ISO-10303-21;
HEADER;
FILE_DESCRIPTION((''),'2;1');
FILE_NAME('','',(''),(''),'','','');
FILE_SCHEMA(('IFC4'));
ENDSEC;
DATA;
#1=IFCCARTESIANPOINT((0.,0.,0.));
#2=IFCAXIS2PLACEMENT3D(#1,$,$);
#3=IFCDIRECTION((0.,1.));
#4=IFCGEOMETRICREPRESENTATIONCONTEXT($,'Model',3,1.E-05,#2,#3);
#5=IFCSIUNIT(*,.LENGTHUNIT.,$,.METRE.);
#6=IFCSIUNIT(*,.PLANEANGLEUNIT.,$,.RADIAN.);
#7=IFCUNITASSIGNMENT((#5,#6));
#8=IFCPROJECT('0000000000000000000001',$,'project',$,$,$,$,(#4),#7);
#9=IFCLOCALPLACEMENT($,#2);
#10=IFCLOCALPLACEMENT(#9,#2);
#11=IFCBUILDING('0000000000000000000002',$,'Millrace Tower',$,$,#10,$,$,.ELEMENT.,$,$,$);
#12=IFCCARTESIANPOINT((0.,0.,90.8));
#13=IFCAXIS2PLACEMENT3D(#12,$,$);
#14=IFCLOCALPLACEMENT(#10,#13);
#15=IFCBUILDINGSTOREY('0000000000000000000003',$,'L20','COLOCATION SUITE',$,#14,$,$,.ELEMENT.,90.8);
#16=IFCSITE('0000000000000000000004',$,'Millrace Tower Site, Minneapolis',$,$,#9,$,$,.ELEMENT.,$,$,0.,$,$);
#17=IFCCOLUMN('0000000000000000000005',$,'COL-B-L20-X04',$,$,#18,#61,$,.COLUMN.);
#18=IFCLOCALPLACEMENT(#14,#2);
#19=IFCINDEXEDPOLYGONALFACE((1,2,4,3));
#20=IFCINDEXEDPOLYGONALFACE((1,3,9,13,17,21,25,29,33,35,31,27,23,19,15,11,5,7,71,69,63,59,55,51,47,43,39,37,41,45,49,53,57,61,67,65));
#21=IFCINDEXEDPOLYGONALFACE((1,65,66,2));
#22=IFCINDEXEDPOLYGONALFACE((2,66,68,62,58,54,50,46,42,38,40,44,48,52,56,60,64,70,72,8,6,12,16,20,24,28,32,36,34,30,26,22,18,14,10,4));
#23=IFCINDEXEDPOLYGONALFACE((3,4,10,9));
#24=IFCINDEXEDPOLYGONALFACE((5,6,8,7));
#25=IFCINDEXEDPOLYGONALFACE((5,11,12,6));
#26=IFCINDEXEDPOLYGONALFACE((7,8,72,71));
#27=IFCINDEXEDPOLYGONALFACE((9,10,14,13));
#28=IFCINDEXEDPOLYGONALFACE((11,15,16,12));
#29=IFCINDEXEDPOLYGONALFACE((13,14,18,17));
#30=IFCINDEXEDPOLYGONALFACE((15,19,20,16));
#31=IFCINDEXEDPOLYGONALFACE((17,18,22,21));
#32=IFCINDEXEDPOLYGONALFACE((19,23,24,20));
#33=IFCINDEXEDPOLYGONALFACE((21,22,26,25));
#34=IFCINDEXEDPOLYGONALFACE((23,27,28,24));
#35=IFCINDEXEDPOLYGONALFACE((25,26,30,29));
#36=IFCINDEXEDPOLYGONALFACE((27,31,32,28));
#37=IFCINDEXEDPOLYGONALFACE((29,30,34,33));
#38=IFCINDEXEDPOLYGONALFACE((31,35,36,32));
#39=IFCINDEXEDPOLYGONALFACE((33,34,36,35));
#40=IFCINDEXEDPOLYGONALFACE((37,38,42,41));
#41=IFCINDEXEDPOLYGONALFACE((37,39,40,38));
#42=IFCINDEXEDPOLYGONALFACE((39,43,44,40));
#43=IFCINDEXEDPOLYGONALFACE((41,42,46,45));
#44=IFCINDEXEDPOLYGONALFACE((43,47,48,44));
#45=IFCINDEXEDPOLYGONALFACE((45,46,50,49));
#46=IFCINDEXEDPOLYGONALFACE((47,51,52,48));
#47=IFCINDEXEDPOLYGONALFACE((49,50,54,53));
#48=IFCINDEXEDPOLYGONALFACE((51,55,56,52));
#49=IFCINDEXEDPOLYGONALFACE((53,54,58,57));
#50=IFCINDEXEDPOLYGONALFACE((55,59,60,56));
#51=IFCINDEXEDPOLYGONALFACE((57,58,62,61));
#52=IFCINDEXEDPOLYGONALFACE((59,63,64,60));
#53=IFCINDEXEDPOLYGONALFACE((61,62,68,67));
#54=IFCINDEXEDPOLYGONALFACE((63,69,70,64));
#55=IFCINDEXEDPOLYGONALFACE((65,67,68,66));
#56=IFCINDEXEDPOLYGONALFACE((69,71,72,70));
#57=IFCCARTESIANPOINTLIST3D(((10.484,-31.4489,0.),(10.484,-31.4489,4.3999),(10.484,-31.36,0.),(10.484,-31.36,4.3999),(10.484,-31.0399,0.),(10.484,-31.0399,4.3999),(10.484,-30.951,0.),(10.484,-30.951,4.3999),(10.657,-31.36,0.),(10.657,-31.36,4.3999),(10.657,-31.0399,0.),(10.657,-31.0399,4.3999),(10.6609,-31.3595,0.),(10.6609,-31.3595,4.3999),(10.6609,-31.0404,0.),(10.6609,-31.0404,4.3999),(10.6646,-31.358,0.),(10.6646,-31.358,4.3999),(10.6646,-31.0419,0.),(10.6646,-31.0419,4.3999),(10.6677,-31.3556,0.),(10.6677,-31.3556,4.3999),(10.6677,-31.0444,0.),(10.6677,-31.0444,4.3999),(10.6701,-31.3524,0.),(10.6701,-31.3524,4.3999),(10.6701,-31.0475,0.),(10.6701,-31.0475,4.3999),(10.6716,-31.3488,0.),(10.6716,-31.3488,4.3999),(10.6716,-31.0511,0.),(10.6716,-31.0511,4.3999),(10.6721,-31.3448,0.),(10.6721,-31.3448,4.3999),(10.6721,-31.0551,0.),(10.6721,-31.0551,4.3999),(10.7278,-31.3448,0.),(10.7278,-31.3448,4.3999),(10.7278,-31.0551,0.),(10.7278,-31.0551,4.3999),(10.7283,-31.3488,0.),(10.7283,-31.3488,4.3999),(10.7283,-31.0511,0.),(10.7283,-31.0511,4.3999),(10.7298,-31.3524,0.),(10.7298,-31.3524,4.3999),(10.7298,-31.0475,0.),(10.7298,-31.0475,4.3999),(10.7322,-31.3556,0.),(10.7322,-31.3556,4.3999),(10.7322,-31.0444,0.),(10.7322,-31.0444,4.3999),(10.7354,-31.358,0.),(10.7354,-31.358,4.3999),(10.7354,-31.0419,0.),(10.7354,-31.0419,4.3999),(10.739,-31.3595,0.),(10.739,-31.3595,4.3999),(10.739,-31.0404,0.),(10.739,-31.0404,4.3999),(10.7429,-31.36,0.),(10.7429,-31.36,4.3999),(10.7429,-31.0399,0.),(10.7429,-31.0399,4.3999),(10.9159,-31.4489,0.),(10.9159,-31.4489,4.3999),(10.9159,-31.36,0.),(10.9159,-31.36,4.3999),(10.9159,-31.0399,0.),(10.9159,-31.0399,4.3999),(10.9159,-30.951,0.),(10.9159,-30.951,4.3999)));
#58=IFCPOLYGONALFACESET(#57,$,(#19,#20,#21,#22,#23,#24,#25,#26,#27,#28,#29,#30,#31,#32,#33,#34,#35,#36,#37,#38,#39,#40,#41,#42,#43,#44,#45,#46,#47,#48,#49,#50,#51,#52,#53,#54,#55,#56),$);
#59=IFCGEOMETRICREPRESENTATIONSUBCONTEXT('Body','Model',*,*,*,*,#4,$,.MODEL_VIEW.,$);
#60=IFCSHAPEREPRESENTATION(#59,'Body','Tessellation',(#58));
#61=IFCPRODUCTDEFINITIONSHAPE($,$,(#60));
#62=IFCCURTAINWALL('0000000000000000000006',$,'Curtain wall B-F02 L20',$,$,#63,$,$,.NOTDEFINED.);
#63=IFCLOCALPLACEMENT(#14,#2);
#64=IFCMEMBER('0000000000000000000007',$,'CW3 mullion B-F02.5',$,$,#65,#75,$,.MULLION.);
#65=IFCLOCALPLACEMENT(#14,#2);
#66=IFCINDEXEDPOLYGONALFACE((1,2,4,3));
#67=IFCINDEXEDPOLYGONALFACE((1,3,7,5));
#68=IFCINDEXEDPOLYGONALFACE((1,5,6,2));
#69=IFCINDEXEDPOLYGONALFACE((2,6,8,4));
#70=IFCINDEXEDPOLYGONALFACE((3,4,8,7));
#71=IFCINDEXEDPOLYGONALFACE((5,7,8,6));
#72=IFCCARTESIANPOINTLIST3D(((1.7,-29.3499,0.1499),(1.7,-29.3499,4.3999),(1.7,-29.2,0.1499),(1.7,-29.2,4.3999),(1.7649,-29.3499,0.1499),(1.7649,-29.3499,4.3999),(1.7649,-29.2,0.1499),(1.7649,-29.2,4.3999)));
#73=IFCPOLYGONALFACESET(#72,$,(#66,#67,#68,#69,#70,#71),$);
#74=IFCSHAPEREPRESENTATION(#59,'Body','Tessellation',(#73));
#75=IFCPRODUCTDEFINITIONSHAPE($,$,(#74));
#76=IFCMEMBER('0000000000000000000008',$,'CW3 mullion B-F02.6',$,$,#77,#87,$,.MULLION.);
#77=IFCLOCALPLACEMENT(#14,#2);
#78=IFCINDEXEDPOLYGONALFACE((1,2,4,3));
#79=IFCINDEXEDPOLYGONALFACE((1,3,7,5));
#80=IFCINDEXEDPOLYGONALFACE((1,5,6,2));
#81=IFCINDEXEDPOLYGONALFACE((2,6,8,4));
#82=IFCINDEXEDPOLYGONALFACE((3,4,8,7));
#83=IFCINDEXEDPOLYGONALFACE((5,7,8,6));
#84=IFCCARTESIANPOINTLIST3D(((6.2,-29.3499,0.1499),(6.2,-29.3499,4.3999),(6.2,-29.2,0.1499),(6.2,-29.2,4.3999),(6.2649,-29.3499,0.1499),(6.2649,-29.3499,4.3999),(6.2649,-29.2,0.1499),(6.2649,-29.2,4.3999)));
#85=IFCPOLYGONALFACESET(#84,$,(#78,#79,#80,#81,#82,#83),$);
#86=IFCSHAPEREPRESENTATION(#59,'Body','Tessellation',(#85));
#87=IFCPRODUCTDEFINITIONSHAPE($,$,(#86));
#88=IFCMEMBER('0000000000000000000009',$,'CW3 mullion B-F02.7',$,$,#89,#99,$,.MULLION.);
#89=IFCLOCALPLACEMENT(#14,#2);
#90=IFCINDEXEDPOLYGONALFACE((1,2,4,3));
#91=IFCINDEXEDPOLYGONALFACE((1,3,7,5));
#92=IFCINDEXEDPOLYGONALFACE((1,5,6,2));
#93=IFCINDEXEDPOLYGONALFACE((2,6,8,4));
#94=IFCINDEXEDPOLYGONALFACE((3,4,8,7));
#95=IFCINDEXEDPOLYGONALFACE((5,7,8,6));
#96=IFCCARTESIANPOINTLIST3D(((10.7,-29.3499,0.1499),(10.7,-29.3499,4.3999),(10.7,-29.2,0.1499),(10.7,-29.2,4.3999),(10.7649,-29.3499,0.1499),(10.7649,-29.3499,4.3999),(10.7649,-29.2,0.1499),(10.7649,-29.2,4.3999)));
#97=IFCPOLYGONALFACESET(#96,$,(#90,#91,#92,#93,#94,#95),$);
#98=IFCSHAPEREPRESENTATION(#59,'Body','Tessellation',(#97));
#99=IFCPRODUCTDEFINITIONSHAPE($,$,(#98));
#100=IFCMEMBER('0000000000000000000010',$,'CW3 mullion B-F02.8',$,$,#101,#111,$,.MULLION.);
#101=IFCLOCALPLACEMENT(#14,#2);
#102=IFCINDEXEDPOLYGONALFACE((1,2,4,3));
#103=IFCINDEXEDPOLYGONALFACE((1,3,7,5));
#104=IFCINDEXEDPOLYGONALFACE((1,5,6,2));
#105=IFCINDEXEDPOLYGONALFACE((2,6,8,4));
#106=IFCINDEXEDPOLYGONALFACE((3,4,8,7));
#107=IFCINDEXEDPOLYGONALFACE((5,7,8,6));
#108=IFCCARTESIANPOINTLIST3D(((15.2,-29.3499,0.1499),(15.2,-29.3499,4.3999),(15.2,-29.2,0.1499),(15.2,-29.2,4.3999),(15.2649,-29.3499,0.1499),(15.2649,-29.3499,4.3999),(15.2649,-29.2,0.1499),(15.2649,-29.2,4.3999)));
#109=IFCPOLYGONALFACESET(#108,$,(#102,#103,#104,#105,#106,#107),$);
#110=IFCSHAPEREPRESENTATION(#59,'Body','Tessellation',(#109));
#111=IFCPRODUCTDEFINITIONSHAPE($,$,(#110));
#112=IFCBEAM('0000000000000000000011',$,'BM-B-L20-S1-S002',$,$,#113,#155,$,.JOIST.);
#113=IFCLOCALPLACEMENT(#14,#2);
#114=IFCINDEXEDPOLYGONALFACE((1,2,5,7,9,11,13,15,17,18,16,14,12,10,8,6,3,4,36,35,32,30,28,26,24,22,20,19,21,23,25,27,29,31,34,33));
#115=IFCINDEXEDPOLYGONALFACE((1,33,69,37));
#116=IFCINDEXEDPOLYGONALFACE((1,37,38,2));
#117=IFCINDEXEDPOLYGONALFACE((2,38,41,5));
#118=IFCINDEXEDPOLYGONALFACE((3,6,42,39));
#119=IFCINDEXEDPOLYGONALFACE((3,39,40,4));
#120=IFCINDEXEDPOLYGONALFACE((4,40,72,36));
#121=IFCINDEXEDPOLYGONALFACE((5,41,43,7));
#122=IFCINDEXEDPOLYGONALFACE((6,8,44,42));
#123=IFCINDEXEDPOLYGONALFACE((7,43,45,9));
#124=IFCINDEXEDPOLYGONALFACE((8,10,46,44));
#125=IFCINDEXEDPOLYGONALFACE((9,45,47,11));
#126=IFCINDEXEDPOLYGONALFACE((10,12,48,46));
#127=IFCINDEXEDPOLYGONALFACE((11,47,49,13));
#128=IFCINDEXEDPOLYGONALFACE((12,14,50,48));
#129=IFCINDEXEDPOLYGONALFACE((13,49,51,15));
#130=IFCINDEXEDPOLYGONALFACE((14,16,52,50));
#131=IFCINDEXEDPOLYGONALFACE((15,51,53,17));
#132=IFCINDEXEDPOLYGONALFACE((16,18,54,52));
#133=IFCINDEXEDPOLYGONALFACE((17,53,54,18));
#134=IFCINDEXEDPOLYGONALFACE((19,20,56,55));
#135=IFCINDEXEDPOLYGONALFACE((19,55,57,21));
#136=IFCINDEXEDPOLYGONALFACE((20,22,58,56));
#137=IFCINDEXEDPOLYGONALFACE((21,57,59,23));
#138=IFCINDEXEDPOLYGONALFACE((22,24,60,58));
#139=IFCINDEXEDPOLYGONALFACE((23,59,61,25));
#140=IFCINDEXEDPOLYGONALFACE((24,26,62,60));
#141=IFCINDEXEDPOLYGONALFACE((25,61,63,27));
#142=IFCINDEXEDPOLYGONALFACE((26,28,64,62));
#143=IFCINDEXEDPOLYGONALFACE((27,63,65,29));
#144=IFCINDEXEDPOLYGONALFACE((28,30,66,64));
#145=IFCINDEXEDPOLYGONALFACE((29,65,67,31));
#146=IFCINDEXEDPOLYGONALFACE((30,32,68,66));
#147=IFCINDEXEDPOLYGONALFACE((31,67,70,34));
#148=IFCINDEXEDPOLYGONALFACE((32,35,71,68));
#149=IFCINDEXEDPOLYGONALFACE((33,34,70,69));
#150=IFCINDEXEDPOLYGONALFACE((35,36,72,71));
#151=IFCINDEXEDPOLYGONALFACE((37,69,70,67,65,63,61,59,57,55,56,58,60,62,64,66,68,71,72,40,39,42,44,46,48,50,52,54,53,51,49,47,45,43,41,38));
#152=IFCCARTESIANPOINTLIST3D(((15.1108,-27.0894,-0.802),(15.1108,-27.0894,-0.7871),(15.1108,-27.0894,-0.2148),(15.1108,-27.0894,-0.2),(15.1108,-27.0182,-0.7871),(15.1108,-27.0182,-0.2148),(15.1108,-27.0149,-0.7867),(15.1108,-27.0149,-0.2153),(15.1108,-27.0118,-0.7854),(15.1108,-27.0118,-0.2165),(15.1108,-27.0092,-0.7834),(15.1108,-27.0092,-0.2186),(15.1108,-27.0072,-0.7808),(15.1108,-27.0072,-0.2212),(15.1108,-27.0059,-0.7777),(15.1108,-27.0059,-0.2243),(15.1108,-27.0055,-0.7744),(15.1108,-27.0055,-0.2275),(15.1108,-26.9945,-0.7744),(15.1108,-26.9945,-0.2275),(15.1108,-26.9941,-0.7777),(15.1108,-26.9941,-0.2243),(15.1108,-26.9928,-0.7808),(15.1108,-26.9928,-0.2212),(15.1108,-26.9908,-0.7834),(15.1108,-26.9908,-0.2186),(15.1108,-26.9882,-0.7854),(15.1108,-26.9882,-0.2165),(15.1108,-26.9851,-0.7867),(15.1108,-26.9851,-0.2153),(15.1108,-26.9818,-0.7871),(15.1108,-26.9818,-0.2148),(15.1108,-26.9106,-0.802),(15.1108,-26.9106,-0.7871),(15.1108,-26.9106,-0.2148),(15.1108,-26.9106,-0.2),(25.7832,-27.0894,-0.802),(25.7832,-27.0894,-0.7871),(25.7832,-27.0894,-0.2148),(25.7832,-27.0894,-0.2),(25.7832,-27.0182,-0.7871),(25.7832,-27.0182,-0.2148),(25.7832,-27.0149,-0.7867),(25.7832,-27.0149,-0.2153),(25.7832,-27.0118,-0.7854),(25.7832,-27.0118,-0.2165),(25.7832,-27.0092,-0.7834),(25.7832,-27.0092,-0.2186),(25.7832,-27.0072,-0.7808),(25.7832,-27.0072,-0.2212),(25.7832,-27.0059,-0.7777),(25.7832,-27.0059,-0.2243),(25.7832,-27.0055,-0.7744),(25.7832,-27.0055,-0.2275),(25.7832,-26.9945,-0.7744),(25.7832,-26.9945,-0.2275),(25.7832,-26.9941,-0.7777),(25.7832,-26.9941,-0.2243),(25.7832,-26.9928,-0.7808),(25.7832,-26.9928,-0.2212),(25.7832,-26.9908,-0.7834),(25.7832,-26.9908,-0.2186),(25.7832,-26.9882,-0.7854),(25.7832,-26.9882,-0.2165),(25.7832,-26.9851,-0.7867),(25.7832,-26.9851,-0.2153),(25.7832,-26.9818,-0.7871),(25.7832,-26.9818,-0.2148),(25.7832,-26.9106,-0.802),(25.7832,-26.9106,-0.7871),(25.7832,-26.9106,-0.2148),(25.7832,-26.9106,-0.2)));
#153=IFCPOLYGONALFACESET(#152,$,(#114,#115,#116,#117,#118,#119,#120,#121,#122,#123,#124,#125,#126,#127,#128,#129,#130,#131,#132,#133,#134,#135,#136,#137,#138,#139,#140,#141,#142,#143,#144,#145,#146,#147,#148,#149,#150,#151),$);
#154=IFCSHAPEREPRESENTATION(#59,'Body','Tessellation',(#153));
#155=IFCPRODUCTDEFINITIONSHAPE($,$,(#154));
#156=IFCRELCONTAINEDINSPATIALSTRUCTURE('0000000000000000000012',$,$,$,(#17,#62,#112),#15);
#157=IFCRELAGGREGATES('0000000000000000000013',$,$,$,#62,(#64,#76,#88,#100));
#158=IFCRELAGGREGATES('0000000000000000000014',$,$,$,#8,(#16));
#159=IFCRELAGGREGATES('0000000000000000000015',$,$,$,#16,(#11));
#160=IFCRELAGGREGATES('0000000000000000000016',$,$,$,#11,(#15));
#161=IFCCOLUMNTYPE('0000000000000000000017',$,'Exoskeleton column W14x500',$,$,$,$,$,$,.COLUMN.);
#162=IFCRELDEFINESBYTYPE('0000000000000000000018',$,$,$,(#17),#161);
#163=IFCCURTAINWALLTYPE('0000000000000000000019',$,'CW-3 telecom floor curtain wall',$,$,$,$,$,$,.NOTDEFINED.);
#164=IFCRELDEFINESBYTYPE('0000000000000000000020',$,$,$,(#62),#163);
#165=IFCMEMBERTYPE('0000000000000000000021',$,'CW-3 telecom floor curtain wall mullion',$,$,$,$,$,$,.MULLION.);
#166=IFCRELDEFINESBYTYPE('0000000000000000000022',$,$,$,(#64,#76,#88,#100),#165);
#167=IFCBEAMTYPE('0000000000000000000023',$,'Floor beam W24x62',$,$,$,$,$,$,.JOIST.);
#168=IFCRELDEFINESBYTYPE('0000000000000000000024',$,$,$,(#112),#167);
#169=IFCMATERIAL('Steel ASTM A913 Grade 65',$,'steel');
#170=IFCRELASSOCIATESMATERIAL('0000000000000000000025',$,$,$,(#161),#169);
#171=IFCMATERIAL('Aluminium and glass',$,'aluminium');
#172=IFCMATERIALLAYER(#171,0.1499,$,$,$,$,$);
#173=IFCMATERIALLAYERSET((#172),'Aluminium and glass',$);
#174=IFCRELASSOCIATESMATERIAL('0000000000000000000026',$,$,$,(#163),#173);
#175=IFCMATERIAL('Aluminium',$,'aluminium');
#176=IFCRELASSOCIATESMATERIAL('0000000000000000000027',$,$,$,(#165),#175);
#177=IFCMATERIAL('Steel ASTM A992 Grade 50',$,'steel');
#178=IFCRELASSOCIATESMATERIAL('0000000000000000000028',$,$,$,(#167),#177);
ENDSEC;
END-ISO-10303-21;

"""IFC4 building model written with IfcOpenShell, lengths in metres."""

from ifc_helpers import new_model, si_unit, direction, frame, origin, origin_2d, place, context, subcontext, project, spatial, rectangle, i_section, extrude, material, layer, layer_set, material_profile, profile_set, type_object, element, aggregate, save


model = new_model("IFC4")

# Units and contexts
model_context = context("Model", 3, precision=1e-05, world=origin(), true_north=direction((0.0, 1.0)))
body_context = subcontext(model_context, "Body", "Model", "MODEL_VIEW")
ifc_project = project(units=[si_unit("LENGTHUNIT", "METRE"), si_unit("PLANEANGLEUNIT", "RADIAN")], contexts=[model_context])

# Site, building, storey
site_placement = place(None, origin())
site = spatial("IfcSite", under=ifc_project, at=site_placement, Name="Millrace Tower Site, Minneapolis", CompositionType="ELEMENT", RefElevation=0.0)
building_placement = place(site_placement, origin())
building = spatial("IfcBuilding", under=site, at=building_placement, Name="Millrace Tower", CompositionType="ELEMENT")
storey_placement = place(building_placement, frame((0.0, 0.0, 90.8)))
storey = spatial("IfcBuildingStorey", under=building, at=storey_placement, Name="L20", Description="COLOCATION SUITE", CompositionType="ELEMENT", Elevation=90.8)

# Column
ifc_material_1 = material(Name="Steel ASTM A913 Grade 65", Category="steel")
ifc_material_profile_1 = material_profile(ifc_material_1, i_section(OverallWidth=0.4319, OverallDepth=0.4978, WebThickness=0.0557, FlangeThickness=0.0889, FilletRadius=0.0151, at=origin_2d()))
ifc_profile_set_1 = profile_set([ifc_material_profile_1], Name="Steel ASTM A913 Grade 65")
column_type = type_object("IfcColumnType", Name="Exoskeleton column W14x500", PredefinedType="COLUMN", material=ifc_profile_set_1)
column_placement = place(storey_placement, frame((10.7, -31.2, 0.0), z_axis=(0.0, 0.0, 1.0), x_axis=(1.0, 0.0, 0.0)))
element("IfcColumn", 1, at=column_placement, inside=storey, type_object=column_type, Name="COL-B-L20-X04", PredefinedType="COLUMN", context=body_context, shape_type="SweptSolid", body=[
    extrude(i_section(OverallWidth=0.4319, OverallDepth=0.4978, WebThickness=0.0557, FlangeThickness=0.0889, FilletRadius=0.0151, at=origin_2d()), origin(), (0.0, 0.0, 1.0), 4.3999),
])

# Curtain wall, members
ifc_material_2 = material(Name="Aluminium and glass", Category="aluminium")
ifc_layer_1 = layer(ifc_material_2, 0.1499)
ifc_layer_set_1 = layer_set([ifc_layer_1], Name="Aluminium and glass")
curtain_wall_type = type_object("IfcCurtainWallType", Name="CW-3 telecom floor curtain wall", PredefinedType="NOTDEFINED", material=ifc_layer_set_1)
curtain_wall_placement = place(storey_placement, origin())
curtain_wall = element("IfcCurtainWall", 2, at=curtain_wall_placement, inside=storey, type_object=curtain_wall_type, Name="Curtain wall B-F02 L20", PredefinedType="NOTDEFINED")
ifc_material_3 = material(Name="Aluminium", Category="aluminium")
ifc_material_profile_2 = material_profile(ifc_material_3, rectangle(XDim=0.0649, YDim=0.1499, at=origin_2d()))
ifc_profile_set_2 = profile_set([ifc_material_profile_2], Name="Aluminium")
member_type = type_object("IfcMemberType", Name="CW-3 telecom floor curtain wall mullion", PredefinedType="MULLION", material=ifc_profile_set_2)
member_1_placement = place(storey_placement, frame((1.7324, -29.2749, 0.1499), z_axis=(0.0, 0.0, 1.0), x_axis=(1.0, 0.0, 0.0)))
member_1 = element("IfcMember", 3, at=member_1_placement, type_object=member_type, Name="CW3 mullion B-F02.5", PredefinedType="MULLION", context=body_context, shape_type="SweptSolid", body=[
    extrude(rectangle(XDim=0.0649, YDim=0.1499, at=origin_2d()), origin(), (0.0, 0.0, 1.0), 4.25),
])
member_2_placement = place(storey_placement, frame((6.2324, -29.2749, 0.1499), z_axis=(0.0, 0.0, 1.0), x_axis=(1.0, 0.0, 0.0)))
member_2 = element("IfcMember", 4, at=member_2_placement, type_object=member_type, Name="CW3 mullion B-F02.6", PredefinedType="MULLION", context=body_context, shape_type="SweptSolid", body=[
    extrude(rectangle(XDim=0.0649, YDim=0.1499, at=origin_2d()), origin(), (0.0, 0.0, 1.0), 4.25),
])
member_3_placement = place(storey_placement, frame((10.7324, -29.2749, 0.1499), z_axis=(0.0, 0.0, 1.0), x_axis=(1.0, 0.0, 0.0)))
member_3 = element("IfcMember", 5, at=member_3_placement, type_object=member_type, Name="CW3 mullion B-F02.7", PredefinedType="MULLION", context=body_context, shape_type="SweptSolid", body=[
    extrude(rectangle(XDim=0.0649, YDim=0.1499, at=origin_2d()), origin(), (0.0, 0.0, 1.0), 4.25),
])
member_4_placement = place(storey_placement, frame((15.2324, -29.2749, 0.1499), z_axis=(0.0, 0.0, 1.0), x_axis=(1.0, 0.0, 0.0)))
member_4 = element("IfcMember", 6, at=member_4_placement, type_object=member_type, Name="CW3 mullion B-F02.8", PredefinedType="MULLION", context=body_context, shape_type="SweptSolid", body=[
    extrude(rectangle(XDim=0.0649, YDim=0.1499, at=origin_2d()), origin(), (0.0, 0.0, 1.0), 4.25),
])
aggregate(curtain_wall, [member_1, member_2, member_3, member_4])

# Beam
ifc_material_4 = material(Name="Steel ASTM A992 Grade 50", Category="steel")
ifc_material_profile_3 = material_profile(ifc_material_4, i_section(OverallWidth=0.1787, OverallDepth=0.6021, WebThickness=0.011, FlangeThickness=0.0149, FilletRadius=0.0127, at=origin_2d()))
ifc_profile_set_3 = profile_set([ifc_material_profile_3], Name="Steel ASTM A992 Grade 50")
beam_type_1 = type_object("IfcBeamType", Name="Floor beam W24x62", PredefinedType="JOIST", material=ifc_profile_set_3)
beam_1_placement = place(storey_placement, frame((15.1108, -27.0, -0.501), z_axis=(1.0, 0.0, 0.0), x_axis=(0.0, 1.0, 0.0)))
element("IfcBeam", 7, at=beam_1_placement, inside=storey, type_object=beam_type_1, Name="BM-B-L20-S1-S002", PredefinedType="JOIST", context=body_context, shape_type="SweptSolid", body=[
    extrude(i_section(OverallWidth=0.1787, OverallDepth=0.6021, WebThickness=0.011, FlangeThickness=0.0149, FilletRadius=0.0127, at=origin_2d()), origin(), (0.0, 0.0, 1.0), 10.6724),
])

save(model, "model.ifc")
